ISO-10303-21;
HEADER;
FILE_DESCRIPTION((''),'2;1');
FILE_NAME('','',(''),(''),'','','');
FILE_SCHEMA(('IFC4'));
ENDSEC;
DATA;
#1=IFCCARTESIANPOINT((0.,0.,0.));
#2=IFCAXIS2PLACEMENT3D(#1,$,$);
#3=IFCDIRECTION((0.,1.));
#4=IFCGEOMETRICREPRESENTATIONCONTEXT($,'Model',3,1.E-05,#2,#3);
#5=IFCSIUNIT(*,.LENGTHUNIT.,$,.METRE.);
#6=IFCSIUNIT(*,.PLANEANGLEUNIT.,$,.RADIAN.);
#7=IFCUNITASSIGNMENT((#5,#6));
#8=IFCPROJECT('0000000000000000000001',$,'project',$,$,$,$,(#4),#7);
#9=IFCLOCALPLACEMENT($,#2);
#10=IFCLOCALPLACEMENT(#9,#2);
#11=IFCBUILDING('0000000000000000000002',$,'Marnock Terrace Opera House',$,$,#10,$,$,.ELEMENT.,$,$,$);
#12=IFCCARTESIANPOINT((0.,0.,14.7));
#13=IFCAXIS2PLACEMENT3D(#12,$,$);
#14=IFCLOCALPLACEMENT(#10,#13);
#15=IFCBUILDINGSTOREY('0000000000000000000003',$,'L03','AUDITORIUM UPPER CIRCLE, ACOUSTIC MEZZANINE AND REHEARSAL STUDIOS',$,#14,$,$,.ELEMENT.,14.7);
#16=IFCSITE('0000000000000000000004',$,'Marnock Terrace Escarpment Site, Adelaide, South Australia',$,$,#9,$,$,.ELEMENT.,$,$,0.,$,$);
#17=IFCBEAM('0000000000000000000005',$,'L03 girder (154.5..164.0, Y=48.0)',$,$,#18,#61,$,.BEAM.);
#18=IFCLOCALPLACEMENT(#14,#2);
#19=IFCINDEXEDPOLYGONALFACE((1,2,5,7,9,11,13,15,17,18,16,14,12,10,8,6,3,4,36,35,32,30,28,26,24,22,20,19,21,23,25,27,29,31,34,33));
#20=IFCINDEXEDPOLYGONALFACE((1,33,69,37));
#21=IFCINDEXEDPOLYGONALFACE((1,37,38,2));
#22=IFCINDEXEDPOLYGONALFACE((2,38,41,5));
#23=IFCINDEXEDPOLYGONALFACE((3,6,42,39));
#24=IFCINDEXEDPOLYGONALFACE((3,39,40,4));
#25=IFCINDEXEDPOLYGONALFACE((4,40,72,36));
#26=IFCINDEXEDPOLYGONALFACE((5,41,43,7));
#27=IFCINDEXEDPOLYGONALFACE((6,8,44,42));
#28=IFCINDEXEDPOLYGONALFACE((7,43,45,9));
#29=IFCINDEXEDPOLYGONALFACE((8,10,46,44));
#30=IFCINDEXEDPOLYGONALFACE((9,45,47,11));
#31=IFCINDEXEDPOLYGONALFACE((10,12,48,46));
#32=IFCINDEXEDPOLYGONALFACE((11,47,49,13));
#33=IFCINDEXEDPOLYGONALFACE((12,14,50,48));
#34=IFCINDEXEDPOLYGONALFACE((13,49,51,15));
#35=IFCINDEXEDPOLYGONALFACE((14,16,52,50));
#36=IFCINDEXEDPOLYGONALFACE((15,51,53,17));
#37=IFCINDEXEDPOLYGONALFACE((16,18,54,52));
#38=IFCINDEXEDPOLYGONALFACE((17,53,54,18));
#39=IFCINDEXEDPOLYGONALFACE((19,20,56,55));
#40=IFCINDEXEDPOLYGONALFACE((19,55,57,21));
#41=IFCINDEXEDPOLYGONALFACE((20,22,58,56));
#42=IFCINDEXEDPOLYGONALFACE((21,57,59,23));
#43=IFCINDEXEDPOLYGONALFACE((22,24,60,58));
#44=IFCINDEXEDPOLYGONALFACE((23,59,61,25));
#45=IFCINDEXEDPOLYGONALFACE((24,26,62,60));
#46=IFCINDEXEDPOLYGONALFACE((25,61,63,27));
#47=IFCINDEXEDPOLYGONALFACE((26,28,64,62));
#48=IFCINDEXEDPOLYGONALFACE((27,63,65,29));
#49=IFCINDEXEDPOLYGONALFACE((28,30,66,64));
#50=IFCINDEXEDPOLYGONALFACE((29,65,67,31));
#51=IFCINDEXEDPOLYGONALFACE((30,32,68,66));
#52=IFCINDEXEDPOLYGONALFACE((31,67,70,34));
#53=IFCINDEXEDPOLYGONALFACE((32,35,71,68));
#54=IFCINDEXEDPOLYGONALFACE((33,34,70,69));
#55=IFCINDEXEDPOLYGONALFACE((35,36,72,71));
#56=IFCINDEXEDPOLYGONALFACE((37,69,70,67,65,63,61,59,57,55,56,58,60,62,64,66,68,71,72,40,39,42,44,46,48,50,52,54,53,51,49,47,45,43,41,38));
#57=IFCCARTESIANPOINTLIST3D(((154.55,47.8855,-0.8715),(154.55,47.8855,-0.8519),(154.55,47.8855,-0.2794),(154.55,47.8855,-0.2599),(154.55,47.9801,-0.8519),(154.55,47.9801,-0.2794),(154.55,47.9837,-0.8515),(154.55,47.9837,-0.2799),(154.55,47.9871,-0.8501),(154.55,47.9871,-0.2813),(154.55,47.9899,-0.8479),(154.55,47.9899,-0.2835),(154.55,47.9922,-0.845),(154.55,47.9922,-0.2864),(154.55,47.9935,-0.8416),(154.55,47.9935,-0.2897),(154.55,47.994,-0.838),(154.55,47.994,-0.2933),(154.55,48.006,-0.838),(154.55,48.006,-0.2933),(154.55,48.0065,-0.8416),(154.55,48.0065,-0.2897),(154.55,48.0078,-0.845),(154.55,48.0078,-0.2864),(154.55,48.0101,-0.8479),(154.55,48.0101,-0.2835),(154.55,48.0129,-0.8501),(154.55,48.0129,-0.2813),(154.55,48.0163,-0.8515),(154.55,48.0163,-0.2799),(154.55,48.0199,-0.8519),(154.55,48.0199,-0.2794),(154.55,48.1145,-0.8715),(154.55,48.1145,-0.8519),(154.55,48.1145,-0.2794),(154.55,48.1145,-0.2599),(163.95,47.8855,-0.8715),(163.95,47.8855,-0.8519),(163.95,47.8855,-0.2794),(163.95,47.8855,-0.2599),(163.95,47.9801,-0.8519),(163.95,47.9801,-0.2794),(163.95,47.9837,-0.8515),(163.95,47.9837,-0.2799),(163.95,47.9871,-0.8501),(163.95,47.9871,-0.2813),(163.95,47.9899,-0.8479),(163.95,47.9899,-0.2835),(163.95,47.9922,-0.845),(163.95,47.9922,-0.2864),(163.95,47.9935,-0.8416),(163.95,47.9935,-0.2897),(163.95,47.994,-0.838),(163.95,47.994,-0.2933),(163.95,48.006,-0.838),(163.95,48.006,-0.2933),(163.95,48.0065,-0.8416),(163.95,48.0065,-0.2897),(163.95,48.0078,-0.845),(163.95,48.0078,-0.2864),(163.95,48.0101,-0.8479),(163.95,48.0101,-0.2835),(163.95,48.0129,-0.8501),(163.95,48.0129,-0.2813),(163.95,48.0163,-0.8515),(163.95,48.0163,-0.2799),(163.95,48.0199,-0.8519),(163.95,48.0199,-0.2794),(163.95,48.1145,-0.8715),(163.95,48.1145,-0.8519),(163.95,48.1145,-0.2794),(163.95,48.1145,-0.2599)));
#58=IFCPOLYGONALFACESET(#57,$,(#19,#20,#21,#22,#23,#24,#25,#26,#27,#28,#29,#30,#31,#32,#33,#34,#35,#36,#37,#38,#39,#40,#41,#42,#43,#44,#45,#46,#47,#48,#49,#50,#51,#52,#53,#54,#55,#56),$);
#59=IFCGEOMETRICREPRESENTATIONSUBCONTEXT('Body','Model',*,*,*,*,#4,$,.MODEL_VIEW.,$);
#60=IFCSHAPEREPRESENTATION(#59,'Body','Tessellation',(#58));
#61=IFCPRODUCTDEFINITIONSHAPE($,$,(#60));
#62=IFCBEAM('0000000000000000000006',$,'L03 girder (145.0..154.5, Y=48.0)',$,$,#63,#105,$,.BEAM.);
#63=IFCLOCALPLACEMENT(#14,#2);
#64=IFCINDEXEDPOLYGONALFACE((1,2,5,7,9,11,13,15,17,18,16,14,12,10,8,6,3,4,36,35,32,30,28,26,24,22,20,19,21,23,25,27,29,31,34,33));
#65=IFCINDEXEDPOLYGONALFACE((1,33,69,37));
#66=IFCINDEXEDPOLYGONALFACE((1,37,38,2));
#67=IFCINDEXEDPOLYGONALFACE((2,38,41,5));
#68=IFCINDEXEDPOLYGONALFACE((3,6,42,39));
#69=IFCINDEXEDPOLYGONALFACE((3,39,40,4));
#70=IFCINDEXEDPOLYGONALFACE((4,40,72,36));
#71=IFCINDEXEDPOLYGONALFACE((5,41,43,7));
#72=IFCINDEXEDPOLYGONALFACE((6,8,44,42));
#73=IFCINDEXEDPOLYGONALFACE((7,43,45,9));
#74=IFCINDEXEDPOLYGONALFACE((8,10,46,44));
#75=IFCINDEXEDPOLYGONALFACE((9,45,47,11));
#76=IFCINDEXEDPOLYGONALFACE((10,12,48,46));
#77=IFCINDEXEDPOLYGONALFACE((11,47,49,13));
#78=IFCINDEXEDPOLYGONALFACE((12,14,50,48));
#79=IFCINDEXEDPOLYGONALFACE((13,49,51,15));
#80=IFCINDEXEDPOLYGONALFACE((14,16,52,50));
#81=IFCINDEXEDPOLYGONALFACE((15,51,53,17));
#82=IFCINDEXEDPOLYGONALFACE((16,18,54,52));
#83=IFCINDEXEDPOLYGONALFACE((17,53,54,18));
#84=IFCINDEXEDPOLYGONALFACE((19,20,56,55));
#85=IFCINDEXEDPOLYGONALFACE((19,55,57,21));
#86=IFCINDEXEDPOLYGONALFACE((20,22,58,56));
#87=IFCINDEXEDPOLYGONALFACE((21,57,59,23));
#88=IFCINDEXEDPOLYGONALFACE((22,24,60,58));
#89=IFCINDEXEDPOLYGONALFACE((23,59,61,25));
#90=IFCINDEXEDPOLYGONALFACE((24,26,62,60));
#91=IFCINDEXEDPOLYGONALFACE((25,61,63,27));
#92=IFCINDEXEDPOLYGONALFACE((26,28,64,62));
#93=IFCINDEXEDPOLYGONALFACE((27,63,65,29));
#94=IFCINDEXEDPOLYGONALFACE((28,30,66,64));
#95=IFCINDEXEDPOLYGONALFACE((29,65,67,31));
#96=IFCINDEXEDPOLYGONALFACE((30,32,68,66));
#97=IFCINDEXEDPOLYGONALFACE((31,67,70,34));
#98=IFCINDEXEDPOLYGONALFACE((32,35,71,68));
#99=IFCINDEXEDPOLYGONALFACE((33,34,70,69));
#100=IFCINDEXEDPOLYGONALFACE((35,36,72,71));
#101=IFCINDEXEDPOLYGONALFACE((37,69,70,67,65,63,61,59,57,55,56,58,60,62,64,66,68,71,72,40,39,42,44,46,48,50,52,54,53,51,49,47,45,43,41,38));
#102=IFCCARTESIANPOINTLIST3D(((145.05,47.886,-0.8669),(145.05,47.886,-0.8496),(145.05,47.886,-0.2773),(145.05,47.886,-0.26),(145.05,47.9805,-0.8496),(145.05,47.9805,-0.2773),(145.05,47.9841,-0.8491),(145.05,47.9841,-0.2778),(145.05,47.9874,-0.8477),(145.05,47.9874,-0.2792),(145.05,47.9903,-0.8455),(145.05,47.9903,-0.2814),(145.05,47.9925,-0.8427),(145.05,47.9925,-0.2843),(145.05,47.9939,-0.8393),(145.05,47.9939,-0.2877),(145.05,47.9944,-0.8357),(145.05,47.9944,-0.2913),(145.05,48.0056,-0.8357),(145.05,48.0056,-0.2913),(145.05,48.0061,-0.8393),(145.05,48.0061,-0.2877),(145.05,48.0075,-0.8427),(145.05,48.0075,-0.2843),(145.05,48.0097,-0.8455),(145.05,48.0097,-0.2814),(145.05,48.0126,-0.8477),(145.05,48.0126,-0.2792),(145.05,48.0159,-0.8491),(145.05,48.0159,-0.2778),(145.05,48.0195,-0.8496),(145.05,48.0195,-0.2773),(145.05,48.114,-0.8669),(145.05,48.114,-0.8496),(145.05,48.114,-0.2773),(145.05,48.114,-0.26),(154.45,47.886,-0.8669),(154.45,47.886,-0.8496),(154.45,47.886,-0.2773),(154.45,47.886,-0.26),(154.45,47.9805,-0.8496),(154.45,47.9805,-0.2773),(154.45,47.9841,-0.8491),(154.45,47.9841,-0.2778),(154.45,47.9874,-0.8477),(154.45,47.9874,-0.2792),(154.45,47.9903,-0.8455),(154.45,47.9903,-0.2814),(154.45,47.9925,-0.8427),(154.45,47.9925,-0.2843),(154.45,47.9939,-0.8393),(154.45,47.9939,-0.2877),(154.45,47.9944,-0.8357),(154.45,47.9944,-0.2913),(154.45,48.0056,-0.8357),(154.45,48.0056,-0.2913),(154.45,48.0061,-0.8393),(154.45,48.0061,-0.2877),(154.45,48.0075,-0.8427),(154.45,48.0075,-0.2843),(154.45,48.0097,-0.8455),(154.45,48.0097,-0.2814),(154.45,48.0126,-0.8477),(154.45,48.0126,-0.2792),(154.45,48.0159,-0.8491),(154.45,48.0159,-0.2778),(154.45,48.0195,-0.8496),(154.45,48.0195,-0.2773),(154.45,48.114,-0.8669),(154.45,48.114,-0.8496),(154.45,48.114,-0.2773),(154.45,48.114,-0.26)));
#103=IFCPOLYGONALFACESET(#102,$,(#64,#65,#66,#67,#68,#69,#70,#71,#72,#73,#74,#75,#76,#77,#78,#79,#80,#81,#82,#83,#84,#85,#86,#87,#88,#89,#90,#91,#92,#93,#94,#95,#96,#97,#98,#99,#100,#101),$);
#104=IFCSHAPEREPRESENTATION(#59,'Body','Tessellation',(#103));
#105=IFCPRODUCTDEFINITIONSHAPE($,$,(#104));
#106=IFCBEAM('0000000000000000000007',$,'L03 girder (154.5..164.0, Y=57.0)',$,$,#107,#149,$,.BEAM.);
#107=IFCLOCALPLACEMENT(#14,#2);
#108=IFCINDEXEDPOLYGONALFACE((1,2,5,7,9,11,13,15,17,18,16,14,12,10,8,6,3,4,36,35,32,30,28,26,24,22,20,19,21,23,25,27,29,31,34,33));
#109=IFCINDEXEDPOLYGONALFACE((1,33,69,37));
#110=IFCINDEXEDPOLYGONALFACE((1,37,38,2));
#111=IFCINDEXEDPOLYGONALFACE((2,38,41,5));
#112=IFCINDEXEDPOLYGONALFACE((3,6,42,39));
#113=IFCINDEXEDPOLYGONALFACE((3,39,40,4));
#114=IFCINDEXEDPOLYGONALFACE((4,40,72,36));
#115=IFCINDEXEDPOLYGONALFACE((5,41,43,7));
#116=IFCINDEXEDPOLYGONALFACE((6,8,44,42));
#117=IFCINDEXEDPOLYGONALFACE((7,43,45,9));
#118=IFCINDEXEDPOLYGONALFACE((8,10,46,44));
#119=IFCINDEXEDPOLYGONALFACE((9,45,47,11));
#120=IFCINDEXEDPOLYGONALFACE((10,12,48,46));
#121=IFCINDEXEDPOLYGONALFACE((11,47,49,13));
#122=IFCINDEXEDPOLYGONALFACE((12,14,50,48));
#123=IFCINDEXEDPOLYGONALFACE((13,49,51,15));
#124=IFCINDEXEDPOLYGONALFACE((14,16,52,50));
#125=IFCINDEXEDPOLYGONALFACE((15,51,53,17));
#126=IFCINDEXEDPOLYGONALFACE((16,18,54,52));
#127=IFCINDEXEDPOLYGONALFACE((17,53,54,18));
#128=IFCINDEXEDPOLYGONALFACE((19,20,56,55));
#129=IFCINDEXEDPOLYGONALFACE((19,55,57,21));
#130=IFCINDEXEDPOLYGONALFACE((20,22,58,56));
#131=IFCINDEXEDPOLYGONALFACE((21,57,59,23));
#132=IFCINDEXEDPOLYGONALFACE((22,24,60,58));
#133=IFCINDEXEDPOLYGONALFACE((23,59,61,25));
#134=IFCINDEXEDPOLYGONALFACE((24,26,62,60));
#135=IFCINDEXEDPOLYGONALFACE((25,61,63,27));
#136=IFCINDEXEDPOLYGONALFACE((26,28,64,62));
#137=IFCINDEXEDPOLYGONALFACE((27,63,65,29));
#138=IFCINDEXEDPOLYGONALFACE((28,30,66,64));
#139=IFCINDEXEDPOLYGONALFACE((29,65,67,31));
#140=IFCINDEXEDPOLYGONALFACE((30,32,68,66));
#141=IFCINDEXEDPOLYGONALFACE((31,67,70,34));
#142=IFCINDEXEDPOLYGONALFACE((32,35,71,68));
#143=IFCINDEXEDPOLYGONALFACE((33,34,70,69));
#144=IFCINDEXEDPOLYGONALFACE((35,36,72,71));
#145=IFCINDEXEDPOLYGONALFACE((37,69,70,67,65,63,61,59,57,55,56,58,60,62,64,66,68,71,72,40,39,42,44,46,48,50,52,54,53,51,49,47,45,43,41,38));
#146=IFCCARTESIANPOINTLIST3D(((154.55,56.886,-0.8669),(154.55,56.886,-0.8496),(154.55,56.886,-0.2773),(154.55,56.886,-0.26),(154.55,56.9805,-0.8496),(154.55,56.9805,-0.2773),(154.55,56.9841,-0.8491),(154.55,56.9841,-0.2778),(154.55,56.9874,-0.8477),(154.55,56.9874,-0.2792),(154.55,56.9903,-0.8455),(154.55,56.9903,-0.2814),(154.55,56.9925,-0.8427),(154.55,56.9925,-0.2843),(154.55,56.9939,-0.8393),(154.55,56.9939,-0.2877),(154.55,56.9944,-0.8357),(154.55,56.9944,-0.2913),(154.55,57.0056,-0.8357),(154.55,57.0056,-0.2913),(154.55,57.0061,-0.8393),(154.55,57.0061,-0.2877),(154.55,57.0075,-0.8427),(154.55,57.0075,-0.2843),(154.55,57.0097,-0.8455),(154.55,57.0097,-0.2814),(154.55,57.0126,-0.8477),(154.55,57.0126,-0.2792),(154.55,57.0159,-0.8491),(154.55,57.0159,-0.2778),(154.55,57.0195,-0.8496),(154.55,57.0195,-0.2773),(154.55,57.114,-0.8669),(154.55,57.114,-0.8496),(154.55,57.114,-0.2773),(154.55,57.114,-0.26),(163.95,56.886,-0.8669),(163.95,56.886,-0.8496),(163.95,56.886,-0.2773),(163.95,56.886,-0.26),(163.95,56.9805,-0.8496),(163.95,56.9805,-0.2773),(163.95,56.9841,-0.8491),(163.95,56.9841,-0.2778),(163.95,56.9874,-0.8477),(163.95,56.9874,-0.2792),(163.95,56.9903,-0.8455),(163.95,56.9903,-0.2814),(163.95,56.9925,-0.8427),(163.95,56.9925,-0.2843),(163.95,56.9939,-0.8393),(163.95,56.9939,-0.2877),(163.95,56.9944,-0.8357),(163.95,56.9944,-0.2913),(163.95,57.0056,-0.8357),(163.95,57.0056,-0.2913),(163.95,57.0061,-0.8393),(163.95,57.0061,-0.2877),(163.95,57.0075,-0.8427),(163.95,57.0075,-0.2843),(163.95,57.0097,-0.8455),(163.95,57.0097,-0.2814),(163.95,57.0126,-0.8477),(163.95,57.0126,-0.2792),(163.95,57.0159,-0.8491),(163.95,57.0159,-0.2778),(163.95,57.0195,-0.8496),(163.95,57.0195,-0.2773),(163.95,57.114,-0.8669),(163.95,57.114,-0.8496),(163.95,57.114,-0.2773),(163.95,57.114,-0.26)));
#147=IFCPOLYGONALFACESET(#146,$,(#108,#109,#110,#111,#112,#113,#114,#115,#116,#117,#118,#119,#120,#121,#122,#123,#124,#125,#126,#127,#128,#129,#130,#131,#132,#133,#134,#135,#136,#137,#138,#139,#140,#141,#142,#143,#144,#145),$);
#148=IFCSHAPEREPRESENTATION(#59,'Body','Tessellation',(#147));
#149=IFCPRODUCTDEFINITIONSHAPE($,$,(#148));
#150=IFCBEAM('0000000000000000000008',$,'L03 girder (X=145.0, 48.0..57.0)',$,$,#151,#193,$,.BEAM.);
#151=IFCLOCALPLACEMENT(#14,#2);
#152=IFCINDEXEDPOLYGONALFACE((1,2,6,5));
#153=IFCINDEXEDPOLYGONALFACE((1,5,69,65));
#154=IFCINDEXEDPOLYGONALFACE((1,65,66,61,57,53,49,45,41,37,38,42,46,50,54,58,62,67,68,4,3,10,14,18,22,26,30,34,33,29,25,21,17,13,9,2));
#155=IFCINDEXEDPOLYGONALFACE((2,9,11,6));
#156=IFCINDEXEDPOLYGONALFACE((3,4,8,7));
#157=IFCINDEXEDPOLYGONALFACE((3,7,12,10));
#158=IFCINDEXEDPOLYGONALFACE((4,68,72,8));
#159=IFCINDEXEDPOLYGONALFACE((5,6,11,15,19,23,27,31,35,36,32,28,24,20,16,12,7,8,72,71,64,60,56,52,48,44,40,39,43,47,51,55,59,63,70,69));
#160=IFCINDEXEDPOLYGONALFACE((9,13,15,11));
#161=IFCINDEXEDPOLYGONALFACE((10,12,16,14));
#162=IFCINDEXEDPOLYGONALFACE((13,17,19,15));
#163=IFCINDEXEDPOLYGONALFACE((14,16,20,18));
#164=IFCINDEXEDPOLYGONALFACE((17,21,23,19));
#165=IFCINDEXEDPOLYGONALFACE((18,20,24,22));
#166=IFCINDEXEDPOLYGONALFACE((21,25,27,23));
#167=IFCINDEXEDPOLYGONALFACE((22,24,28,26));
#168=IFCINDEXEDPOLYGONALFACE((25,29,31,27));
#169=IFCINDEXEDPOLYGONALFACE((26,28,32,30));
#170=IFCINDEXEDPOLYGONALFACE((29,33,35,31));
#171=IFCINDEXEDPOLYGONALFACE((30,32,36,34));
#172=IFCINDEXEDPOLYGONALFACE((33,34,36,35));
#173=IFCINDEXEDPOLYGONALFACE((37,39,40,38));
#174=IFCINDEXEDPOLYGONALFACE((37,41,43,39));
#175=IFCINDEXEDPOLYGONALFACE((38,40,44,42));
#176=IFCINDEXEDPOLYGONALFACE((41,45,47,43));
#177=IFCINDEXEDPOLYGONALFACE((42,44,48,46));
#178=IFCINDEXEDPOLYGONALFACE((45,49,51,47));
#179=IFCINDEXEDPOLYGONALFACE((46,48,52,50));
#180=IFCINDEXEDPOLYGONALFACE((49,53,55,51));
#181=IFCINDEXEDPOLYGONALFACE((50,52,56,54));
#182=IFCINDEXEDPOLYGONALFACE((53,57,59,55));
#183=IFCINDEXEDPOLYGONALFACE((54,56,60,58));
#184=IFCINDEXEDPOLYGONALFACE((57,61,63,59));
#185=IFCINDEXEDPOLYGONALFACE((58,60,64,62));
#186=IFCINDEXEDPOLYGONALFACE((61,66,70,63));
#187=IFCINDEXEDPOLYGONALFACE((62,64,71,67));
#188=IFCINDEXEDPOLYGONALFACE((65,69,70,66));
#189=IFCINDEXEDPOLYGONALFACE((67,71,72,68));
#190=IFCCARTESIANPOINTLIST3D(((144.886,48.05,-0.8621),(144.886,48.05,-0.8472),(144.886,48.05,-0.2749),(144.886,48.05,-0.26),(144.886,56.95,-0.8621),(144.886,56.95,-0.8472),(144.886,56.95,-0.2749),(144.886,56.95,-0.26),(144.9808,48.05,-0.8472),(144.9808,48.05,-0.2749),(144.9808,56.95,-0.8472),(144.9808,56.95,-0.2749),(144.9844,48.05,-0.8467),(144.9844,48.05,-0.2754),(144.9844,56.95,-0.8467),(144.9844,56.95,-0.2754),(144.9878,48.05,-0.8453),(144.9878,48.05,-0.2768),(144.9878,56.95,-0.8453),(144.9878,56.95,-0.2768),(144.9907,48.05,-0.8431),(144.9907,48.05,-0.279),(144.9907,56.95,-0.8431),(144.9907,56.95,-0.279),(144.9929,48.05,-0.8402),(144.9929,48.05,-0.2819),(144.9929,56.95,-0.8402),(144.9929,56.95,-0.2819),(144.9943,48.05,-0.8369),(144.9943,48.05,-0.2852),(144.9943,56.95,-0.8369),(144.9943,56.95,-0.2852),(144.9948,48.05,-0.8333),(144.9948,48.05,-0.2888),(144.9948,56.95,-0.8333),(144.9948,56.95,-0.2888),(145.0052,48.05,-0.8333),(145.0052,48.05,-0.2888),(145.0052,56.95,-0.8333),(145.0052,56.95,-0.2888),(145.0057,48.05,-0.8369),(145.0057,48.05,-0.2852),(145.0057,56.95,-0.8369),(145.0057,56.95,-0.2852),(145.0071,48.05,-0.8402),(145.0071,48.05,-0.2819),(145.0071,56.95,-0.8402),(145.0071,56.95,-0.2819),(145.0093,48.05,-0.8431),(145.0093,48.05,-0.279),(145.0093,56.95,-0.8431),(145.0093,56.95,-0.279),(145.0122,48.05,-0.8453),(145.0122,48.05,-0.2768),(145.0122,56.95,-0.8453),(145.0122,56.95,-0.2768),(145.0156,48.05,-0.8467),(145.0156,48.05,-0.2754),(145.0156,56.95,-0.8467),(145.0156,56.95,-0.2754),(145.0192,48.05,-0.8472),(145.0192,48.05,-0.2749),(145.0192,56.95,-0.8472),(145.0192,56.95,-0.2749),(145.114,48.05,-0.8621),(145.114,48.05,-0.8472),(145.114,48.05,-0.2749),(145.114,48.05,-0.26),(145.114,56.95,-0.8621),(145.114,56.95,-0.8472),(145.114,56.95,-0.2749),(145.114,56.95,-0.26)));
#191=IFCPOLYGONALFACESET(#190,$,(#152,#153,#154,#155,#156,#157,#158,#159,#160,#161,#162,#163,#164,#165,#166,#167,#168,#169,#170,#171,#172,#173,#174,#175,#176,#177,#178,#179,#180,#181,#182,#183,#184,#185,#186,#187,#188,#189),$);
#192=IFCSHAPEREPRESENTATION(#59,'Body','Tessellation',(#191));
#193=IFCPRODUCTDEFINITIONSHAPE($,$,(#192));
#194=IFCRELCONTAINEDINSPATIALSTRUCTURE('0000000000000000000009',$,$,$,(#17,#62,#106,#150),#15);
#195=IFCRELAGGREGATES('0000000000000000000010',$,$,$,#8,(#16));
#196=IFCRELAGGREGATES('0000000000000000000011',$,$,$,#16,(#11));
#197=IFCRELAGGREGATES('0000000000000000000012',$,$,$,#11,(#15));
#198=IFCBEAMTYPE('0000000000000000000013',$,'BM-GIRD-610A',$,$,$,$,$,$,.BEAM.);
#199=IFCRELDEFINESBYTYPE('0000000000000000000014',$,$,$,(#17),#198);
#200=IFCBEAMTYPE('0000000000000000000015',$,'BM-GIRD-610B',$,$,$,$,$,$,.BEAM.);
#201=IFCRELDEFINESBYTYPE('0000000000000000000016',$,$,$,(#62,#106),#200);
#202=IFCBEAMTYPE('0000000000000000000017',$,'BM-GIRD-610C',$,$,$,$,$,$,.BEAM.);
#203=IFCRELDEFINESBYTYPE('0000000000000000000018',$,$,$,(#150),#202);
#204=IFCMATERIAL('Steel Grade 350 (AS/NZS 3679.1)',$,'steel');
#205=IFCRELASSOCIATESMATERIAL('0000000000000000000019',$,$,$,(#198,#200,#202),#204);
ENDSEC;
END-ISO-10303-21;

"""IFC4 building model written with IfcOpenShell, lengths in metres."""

from ifc_helpers import new_model, si_unit, direction, frame, origin, origin_2d, place, context, subcontext, project, spatial, i_section, extrude, material, material_profile, profile_set, type_object, element, save


model = new_model("IFC4")

# Units and contexts
model_context = context("Model", 3, precision=1e-05, world=origin(), true_north=direction((0.0, 1.0)))
body_context = subcontext(model_context, "Body", "Model", "MODEL_VIEW")
ifc_project = project(units=[si_unit("LENGTHUNIT", "METRE"), si_unit("PLANEANGLEUNIT", "RADIAN")], contexts=[model_context])

# Site, building, storey
site_placement = place(None, origin())
site = spatial("IfcSite", under=ifc_project, at=site_placement, Name="Marnock Terrace Escarpment Site, Adelaide, South Australia", CompositionType="ELEMENT", RefElevation=0.0)
building_placement = place(site_placement, origin())
building = spatial("IfcBuilding", under=site, at=building_placement, Name="Marnock Terrace Opera House", CompositionType="ELEMENT")
storey_placement = place(building_placement, frame((0.0, 0.0, 14.7)))
storey = spatial("IfcBuildingStorey", under=building, at=storey_placement, Name="L03", Description="AUDITORIUM UPPER CIRCLE, ACOUSTIC MEZZANINE AND REHEARSAL STUDIOS", CompositionType="ELEMENT", Elevation=14.7)

# Beams
ifc_material_1 = material(Name="Steel Grade 350 (AS/NZS 3679.1)", Category="steel")
ifc_material_profile_1 = material_profile(ifc_material_1, i_section(OverallWidth=0.229, OverallDepth=0.6116, WebThickness=0.012, FlangeThickness=0.0195, FilletRadius=0.0139, at=origin_2d()))
ifc_profile_set_1 = profile_set([ifc_material_profile_1], Name="Steel Grade 350 (AS/NZS 3679.1)")
beam_type_1 = type_object("IfcBeamType", Name="BM-GIRD-610A", PredefinedType="BEAM", material=ifc_profile_set_1)
beam_1_placement = place(storey_placement, frame((154.55, 48.0, -0.5657), z_axis=(1.0, 0.0, 0.0), x_axis=(0.0, 1.0, 0.0)))
element("IfcBeam", 1, at=beam_1_placement, inside=storey, type_object=beam_type_1, Name="L03 girder (154.5..164.0, Y=48.0)", PredefinedType="BEAM", context=body_context, shape_type="SweptSolid", body=[
    extrude(i_section(OverallWidth=0.229, OverallDepth=0.6116, WebThickness=0.012, FlangeThickness=0.0195, FilletRadius=0.0139, at=origin_2d()), origin(), (0.0, 0.0, 1.0), 9.3999),
])
ifc_material_profile_2 = material_profile(ifc_material_1, i_section(OverallWidth=0.228, OverallDepth=0.6069, WebThickness=0.0112, FlangeThickness=0.0173, FilletRadius=0.0139, at=origin_2d()))
ifc_profile_set_2 = profile_set([ifc_material_profile_2], Name="Steel Grade 350 (AS/NZS 3679.1)")
beam_type_2 = type_object("IfcBeamType", Name="BM-GIRD-610B", PredefinedType="BEAM", material=ifc_profile_set_2)
for number, where, z_axis, x_axis, name in (
    (2, (145.05, 48.0, -0.5635), (1.0, 0.0, 0.0), (0.0, 1.0, 0.0), "L03 girder (145.0..154.5, Y=48.0)"),
    (3, (154.55, 57.0, -0.5635), (1.0, 0.0, 0.0), (0.0, 1.0, 0.0), "L03 girder (154.5..164.0, Y=57.0)"),
):
    element("IfcBeam", number, at=place(storey_placement, frame(where, z_axis=z_axis, x_axis=x_axis)), inside=storey, type_object=beam_type_2, Name=name, PredefinedType="BEAM", context=body_context, shape_type="SweptSolid", body=[
        extrude(i_section(OverallWidth=0.228, OverallDepth=0.6069, WebThickness=0.0112, FlangeThickness=0.0173, FilletRadius=0.0139, at=origin_2d()), origin(), (0.0, 0.0, 1.0), 9.3999),
    ])
ifc_material_profile_3 = material_profile(ifc_material_1, i_section(OverallWidth=0.228, OverallDepth=0.6021, WebThickness=0.0105, FlangeThickness=0.0149, FilletRadius=0.0139, at=origin_2d()))
ifc_profile_set_3 = profile_set([ifc_material_profile_3], Name="Steel Grade 350 (AS/NZS 3679.1)")
beam_type_3 = type_object("IfcBeamType", Name="BM-GIRD-610C", PredefinedType="BEAM", material=ifc_profile_set_3)
beam_2_placement = place(storey_placement, frame((145.0, 48.05, -0.561), z_axis=(0.0, 1.0, 0.0), x_axis=(-1.0, 0.0, 0.0)))
element("IfcBeam", 4, at=beam_2_placement, inside=storey, type_object=beam_type_3, Name="L03 girder (X=145.0, 48.0..57.0)", PredefinedType="BEAM", context=body_context, shape_type="SweptSolid", body=[
    extrude(i_section(OverallWidth=0.228, OverallDepth=0.6021, WebThickness=0.0105, FlangeThickness=0.0149, FilletRadius=0.0139, at=origin_2d()), origin(), (0.0, 0.0, 1.0), 8.8999),
])

save(model, "model.ifc")
